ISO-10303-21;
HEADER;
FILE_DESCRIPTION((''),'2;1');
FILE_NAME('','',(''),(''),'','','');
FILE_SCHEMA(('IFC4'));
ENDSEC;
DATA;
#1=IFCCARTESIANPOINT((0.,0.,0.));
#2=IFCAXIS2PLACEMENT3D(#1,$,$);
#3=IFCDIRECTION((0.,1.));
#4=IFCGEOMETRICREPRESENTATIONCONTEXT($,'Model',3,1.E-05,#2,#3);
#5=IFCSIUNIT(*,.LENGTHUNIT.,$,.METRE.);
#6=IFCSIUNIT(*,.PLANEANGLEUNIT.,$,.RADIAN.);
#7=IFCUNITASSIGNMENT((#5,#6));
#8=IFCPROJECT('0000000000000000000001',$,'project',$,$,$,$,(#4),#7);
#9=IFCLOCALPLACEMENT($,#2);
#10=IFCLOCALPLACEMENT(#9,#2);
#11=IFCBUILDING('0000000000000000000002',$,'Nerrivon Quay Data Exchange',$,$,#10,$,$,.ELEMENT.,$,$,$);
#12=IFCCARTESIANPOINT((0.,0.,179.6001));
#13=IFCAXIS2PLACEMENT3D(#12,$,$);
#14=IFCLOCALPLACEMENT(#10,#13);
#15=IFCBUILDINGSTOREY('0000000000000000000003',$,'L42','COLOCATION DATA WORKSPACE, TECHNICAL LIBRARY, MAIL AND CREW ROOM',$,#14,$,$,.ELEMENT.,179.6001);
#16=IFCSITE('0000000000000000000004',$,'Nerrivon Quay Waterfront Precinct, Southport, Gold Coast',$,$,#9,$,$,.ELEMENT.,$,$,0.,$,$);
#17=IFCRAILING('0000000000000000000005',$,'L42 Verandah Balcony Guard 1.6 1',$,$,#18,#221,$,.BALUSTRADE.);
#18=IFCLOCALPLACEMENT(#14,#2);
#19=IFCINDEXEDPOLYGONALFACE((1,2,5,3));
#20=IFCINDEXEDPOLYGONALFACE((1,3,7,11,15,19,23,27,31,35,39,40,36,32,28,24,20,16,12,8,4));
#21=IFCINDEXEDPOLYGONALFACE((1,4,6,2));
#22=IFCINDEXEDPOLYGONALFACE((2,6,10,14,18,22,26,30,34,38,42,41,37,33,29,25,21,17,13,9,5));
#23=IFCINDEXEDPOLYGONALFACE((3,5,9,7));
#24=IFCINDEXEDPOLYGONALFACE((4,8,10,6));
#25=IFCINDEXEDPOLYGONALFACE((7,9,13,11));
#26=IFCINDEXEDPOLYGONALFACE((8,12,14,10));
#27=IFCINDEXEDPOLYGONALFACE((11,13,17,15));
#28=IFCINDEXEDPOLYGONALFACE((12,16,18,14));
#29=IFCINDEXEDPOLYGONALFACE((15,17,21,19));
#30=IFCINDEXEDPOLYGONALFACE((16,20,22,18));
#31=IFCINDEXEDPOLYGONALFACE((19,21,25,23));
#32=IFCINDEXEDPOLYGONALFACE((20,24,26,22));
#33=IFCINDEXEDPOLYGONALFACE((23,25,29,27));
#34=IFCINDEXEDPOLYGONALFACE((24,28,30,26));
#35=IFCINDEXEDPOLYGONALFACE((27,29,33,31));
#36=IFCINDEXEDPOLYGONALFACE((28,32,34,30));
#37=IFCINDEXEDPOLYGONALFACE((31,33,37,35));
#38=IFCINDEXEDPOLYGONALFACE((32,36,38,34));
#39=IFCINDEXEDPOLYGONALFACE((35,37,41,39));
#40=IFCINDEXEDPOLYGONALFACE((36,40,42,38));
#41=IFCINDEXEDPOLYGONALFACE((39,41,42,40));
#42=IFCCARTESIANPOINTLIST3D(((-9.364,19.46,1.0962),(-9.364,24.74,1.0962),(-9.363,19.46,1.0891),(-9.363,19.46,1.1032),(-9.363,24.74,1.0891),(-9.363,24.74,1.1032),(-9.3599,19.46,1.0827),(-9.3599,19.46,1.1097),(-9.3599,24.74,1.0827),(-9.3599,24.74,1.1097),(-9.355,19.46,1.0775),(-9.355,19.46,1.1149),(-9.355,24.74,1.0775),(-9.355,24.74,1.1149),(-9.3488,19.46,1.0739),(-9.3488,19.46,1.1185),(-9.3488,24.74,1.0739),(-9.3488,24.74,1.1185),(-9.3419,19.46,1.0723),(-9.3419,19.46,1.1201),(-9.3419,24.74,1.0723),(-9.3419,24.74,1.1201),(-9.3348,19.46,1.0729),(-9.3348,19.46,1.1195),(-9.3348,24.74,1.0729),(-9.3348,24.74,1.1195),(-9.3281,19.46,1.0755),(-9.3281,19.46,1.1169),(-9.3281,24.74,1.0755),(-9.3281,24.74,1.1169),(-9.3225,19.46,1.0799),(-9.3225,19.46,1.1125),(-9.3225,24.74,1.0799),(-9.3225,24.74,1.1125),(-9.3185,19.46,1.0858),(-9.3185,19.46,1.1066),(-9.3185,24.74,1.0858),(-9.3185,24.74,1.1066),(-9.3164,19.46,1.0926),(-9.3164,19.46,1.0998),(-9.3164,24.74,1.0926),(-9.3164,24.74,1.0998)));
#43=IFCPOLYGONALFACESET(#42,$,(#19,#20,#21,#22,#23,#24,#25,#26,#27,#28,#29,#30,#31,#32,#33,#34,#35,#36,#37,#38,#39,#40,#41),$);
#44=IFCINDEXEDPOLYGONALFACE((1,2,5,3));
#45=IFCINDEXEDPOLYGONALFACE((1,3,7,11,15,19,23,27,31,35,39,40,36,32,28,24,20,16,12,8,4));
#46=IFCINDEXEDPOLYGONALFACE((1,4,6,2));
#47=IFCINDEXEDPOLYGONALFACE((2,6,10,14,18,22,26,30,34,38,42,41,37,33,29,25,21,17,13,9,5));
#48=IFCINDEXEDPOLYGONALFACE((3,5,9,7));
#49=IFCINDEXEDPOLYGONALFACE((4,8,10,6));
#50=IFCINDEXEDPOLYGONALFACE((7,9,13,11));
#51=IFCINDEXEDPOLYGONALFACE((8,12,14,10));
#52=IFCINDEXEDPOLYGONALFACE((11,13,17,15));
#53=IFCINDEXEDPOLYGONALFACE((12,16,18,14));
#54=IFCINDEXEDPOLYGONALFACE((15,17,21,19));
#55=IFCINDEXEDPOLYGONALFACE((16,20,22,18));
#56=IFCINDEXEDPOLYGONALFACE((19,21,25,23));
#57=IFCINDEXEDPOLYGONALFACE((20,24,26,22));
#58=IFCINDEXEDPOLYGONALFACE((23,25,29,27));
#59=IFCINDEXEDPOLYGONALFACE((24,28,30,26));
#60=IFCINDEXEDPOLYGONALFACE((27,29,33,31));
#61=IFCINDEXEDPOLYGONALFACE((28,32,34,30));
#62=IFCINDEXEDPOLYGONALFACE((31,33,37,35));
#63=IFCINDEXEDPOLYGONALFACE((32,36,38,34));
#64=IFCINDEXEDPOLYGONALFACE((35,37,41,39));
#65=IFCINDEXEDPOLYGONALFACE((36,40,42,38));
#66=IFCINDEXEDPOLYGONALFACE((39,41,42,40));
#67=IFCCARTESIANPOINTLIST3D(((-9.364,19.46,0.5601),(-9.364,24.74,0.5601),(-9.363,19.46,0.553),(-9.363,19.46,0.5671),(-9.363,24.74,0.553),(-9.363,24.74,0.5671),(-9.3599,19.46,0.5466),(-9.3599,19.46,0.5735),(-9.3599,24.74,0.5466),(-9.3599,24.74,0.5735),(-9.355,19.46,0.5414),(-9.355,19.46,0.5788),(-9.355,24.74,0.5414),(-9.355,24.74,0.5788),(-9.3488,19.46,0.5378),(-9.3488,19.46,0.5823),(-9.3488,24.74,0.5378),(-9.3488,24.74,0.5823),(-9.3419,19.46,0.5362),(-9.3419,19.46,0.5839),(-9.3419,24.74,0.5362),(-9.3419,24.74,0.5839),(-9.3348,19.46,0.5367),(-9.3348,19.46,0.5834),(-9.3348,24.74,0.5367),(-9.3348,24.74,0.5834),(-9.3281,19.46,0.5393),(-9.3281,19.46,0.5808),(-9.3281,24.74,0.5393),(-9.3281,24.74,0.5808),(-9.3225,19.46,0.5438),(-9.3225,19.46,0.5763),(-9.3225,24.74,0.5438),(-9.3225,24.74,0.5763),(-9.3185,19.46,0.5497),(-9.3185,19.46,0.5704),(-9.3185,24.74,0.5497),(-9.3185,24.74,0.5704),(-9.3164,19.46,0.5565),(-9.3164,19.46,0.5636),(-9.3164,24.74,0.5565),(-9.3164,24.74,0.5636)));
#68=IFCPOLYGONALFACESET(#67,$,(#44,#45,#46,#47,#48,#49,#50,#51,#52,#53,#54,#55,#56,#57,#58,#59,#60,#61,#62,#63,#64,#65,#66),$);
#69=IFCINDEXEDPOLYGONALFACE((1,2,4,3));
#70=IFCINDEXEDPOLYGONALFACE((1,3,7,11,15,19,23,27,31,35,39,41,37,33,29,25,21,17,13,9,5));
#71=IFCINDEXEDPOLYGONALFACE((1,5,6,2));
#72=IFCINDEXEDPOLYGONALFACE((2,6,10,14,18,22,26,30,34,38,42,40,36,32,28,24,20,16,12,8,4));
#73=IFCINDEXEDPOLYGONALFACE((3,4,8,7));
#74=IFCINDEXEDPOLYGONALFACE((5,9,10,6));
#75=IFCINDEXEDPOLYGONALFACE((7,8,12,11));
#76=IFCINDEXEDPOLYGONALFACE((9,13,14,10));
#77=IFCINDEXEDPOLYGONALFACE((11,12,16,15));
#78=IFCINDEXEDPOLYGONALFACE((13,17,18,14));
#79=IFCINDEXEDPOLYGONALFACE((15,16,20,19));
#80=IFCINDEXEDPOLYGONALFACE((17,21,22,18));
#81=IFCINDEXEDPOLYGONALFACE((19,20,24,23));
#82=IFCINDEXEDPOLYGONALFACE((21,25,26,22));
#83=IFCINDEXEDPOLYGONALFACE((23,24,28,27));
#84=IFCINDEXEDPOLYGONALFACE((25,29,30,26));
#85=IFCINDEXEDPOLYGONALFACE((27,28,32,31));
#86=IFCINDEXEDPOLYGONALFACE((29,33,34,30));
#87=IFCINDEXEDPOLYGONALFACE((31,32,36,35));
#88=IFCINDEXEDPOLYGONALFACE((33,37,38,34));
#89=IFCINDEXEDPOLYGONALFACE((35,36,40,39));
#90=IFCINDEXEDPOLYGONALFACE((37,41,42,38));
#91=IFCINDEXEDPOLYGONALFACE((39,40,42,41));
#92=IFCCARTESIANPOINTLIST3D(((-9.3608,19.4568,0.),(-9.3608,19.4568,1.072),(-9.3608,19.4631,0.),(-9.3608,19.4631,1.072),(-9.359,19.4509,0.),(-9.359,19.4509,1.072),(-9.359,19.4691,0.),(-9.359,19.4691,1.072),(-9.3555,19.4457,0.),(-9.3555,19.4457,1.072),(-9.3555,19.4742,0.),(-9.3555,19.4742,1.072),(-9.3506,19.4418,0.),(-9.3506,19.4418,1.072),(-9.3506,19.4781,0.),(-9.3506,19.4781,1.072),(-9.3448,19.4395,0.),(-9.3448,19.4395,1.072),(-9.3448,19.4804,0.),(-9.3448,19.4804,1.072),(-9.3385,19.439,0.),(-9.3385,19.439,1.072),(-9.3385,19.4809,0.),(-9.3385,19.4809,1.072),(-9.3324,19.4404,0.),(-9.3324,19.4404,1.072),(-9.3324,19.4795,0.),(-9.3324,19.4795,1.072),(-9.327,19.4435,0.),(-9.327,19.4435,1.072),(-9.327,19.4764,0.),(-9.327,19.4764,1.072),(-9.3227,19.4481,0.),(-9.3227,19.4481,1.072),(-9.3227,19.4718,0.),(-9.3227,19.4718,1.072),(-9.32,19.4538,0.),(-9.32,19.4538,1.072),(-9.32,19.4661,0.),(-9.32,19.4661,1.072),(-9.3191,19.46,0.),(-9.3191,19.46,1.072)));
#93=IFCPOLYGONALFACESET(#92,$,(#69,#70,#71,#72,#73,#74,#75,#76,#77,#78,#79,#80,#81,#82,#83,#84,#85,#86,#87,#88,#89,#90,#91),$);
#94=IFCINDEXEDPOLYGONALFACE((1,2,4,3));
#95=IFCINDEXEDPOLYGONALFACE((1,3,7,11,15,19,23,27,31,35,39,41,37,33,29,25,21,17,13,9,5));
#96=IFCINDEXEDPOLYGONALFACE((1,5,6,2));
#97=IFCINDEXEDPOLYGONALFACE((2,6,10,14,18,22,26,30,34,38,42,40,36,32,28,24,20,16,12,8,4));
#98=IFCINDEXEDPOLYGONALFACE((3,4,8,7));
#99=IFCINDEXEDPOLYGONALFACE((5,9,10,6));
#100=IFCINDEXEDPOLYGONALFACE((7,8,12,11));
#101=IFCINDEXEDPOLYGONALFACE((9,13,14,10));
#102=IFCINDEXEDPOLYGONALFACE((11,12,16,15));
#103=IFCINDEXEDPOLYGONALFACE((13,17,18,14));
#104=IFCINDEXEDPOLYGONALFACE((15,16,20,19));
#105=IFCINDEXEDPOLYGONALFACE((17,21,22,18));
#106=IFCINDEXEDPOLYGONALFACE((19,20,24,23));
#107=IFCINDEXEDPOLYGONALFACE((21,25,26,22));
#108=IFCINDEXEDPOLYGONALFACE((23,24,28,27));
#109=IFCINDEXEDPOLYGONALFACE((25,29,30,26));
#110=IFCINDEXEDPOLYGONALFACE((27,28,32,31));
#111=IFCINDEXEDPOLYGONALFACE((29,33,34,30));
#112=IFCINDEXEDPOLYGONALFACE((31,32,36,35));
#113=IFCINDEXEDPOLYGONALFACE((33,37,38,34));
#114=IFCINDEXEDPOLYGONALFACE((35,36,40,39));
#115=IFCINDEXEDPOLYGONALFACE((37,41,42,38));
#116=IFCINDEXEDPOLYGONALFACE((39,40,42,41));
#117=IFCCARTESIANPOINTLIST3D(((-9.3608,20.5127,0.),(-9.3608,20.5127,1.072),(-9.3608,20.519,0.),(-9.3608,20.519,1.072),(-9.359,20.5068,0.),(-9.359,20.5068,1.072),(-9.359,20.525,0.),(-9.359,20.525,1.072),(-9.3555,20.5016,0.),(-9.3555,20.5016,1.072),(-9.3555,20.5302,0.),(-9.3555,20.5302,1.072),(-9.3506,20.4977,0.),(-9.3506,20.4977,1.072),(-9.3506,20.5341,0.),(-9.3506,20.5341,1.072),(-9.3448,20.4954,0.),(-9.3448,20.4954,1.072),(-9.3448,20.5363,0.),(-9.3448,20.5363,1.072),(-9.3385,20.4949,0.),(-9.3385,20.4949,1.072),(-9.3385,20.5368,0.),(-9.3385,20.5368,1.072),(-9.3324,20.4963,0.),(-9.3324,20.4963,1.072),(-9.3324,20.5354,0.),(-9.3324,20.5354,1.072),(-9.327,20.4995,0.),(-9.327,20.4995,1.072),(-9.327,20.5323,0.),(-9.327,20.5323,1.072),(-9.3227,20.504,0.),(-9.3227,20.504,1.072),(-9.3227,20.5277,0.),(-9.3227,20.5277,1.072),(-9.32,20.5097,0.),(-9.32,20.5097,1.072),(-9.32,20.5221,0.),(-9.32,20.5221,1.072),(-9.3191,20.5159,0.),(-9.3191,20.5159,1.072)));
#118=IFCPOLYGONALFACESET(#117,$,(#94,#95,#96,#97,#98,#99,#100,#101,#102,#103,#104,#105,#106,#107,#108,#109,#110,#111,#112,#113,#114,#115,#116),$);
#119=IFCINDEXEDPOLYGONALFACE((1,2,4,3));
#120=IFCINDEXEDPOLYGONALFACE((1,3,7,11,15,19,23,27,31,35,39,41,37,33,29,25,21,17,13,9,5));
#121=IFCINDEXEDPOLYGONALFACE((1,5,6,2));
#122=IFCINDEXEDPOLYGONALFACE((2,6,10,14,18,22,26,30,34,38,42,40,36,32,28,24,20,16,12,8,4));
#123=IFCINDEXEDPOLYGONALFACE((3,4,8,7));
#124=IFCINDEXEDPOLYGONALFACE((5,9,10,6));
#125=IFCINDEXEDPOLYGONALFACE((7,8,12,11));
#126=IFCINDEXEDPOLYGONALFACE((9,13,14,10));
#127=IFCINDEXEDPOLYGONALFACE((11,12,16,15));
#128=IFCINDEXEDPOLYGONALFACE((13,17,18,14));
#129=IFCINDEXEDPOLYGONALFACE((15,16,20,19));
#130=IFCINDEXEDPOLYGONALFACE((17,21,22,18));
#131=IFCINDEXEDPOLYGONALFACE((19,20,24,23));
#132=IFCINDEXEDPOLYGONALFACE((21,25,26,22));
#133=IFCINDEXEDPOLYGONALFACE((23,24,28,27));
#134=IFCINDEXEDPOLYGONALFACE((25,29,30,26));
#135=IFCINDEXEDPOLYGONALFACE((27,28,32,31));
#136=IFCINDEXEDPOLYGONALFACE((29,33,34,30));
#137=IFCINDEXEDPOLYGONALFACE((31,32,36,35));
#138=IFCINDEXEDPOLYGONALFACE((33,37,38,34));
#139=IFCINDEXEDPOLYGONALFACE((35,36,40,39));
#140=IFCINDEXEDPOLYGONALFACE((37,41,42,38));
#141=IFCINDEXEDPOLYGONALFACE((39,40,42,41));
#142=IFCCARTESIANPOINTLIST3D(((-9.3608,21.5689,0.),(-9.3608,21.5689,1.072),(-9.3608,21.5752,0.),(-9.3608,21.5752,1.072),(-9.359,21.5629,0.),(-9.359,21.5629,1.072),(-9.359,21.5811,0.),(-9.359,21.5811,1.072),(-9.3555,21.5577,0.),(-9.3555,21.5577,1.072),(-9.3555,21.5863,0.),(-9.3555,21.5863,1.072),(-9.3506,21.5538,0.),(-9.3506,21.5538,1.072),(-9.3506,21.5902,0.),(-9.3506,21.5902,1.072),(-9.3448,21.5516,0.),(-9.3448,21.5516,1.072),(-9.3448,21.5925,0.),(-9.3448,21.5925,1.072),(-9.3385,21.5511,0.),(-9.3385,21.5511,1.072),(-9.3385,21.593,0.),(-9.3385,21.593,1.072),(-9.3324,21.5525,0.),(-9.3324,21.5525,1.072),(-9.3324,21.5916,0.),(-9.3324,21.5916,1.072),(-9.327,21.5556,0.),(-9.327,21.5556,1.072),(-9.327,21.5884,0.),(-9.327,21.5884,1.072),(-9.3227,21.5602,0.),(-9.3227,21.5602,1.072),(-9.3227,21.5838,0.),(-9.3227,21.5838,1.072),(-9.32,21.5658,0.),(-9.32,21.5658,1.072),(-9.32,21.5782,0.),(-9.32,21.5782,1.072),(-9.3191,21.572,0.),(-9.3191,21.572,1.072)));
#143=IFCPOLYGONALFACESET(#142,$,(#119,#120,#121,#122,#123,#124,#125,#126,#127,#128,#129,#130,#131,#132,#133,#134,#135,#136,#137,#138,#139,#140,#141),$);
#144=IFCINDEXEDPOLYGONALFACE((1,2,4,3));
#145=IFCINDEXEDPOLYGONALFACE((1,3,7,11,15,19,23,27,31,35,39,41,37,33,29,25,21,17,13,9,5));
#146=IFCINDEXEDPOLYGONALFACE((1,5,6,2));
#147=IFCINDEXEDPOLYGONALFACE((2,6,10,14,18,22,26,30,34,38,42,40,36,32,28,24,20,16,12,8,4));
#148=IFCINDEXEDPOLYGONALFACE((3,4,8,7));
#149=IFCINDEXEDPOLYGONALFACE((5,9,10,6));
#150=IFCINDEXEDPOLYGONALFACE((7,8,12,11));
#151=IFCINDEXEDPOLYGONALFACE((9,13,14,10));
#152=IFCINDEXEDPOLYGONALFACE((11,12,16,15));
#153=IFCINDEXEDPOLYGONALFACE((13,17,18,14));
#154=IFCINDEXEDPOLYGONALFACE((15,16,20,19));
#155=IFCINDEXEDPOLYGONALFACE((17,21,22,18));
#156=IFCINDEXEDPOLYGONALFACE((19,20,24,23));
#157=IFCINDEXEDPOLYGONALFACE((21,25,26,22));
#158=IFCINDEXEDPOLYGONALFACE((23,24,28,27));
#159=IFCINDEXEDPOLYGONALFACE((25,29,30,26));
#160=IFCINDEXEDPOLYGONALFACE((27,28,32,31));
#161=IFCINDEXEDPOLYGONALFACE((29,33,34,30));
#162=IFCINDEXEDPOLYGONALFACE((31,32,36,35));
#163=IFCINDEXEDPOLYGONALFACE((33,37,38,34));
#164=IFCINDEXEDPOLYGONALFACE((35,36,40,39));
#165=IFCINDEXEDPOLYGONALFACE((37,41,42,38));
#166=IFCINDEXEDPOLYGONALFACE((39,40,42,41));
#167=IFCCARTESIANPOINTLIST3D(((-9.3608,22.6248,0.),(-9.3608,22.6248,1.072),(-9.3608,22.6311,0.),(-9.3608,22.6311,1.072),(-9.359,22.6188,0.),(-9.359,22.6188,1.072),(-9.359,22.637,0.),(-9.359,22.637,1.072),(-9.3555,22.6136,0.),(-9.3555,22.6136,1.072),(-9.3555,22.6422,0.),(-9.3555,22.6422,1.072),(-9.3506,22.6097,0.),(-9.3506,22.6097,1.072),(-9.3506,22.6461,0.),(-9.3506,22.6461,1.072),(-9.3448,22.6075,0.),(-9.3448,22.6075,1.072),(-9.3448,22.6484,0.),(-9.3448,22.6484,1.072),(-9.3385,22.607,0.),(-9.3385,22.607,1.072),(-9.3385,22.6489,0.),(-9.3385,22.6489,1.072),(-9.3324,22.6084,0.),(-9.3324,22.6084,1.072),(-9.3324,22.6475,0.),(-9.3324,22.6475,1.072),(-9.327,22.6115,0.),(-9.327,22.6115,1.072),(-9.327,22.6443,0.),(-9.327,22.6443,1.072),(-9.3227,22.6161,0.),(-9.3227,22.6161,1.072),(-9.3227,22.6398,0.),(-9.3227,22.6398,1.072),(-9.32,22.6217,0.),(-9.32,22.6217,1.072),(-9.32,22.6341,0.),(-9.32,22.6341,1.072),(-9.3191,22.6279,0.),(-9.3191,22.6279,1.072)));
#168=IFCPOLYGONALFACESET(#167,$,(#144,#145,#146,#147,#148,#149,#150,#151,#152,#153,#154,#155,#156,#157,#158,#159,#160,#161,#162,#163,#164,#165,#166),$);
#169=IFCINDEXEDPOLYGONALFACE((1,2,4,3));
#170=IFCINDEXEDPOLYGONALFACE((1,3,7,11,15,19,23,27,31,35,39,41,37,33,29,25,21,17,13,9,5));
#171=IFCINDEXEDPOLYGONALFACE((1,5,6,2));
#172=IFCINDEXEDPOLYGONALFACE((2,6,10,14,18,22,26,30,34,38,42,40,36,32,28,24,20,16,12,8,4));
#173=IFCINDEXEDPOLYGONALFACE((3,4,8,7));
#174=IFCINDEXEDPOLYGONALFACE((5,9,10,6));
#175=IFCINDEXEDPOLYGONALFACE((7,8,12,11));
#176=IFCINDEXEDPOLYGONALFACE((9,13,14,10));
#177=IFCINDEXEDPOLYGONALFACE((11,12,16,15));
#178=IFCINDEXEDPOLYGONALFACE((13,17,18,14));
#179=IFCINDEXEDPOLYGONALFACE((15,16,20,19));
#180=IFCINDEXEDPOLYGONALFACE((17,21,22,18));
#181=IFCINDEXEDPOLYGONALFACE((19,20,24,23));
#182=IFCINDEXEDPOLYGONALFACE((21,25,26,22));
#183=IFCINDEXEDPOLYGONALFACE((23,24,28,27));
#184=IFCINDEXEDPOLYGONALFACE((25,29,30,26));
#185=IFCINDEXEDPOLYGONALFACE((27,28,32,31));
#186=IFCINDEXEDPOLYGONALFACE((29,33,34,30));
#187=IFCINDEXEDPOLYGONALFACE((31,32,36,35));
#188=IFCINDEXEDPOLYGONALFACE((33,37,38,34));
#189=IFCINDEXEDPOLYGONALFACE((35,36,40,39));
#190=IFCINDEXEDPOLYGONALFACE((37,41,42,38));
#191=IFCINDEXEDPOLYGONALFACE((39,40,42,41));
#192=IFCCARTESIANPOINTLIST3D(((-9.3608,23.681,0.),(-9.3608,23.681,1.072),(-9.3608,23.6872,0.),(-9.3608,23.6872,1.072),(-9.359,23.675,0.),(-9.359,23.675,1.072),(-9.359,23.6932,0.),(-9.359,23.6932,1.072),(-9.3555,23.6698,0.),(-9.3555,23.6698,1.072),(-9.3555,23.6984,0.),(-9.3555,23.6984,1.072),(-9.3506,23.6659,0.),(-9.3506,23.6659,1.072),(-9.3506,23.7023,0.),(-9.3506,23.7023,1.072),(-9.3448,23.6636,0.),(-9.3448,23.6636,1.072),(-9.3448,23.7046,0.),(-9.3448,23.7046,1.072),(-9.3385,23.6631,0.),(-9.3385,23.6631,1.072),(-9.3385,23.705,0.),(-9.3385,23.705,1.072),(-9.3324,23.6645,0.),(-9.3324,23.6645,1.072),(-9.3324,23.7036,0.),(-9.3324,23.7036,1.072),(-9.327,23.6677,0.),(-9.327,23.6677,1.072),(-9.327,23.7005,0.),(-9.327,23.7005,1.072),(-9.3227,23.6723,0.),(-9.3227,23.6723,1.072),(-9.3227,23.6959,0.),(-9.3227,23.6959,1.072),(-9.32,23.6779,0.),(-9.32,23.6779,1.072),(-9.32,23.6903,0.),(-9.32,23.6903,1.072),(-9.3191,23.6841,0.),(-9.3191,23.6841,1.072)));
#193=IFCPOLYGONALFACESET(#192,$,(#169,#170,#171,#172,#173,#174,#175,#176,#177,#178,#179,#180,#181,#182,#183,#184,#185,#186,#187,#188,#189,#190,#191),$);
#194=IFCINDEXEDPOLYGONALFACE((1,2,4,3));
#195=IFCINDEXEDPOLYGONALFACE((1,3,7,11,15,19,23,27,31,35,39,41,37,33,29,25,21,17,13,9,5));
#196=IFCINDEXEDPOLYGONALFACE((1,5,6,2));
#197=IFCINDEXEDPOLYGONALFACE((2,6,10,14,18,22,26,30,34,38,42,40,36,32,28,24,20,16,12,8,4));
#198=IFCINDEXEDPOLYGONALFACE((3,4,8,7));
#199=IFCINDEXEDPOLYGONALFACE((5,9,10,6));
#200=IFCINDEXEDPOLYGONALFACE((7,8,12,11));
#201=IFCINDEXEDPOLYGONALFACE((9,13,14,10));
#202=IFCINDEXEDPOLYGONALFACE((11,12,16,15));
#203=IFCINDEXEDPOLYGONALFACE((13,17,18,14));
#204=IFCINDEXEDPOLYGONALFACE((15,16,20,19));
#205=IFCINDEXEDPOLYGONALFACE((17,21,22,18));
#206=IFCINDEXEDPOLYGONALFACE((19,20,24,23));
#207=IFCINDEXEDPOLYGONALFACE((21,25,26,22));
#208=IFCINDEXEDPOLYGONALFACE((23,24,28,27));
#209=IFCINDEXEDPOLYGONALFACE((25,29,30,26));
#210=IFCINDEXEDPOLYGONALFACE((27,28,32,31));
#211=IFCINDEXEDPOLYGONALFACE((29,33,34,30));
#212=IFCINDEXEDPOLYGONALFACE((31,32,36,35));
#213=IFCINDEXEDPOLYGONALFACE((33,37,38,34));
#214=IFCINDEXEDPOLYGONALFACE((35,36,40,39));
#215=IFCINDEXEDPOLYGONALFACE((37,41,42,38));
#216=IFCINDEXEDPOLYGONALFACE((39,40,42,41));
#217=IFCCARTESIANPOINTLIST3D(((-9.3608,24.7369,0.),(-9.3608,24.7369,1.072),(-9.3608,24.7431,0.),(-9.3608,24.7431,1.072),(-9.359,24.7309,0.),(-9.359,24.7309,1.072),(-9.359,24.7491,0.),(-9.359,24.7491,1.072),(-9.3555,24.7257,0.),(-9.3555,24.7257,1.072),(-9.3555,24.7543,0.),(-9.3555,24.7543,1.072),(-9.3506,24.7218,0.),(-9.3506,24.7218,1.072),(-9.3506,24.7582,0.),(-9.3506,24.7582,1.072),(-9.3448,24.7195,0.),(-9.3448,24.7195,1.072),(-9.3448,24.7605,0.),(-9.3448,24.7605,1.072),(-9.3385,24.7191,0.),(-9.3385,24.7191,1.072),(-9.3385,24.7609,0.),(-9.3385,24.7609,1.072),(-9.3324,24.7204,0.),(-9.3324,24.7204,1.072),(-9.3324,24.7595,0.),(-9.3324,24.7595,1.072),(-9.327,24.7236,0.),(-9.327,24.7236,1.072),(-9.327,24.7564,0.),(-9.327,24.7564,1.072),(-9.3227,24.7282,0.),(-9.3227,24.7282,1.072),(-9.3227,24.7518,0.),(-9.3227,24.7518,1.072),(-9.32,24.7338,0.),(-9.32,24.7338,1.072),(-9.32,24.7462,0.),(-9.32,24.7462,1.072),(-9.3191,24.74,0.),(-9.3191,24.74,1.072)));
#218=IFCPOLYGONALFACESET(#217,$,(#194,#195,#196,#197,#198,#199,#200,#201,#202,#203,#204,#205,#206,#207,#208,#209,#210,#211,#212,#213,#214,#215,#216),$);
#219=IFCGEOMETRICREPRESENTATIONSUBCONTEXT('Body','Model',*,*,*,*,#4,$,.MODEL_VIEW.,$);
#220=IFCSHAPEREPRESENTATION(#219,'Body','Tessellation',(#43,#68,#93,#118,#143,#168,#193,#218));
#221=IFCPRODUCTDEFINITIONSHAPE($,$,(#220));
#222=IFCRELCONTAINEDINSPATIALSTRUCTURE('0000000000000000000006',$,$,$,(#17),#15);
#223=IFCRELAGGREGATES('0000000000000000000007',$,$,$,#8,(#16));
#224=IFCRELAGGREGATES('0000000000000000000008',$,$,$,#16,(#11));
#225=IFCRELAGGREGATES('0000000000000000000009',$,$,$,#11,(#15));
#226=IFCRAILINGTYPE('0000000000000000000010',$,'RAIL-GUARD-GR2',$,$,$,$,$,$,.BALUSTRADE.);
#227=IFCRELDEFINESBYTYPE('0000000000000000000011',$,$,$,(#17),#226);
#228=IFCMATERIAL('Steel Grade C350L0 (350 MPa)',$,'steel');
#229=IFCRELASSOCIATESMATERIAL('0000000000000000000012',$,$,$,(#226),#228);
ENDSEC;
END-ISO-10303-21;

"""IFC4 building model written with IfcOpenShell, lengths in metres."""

from ifc_helpers import new_model, si_unit, direction, frame, origin, origin_2d, place, context, subcontext, project, spatial, circle, extrude, material, type_object, element, save


model = new_model("IFC4")

# Units and contexts
model_context = context("Model", 3, precision=1e-05, world=origin(), true_north=direction((0.0, 1.0)))
body_context = subcontext(model_context, "Body", "Model", "MODEL_VIEW")
ifc_project = project(units=[si_unit("LENGTHUNIT", "METRE"), si_unit("PLANEANGLEUNIT", "RADIAN")], contexts=[model_context])

# Site, building, storey
site_placement = place(None, origin())
site = spatial("IfcSite", under=ifc_project, at=site_placement, Name="Nerrivon Quay Waterfront Precinct, Southport, Gold Coast", CompositionType="ELEMENT", RefElevation=0.0)
building_placement = place(site_placement, origin())
building = spatial("IfcBuilding", under=site, at=building_placement, Name="Nerrivon Quay Data Exchange", CompositionType="ELEMENT")
storey_placement = place(building_placement, frame((0.0, 0.0, 179.6001)))
storey = spatial("IfcBuildingStorey", under=building, at=storey_placement, Name="L42", Description="COLOCATION DATA WORKSPACE, TECHNICAL LIBRARY, MAIL AND CREW ROOM", CompositionType="ELEMENT", Elevation=179.6001)

# Railing
ifc_material_1 = material(Name="Steel Grade C350L0 (350 MPa)", Category="steel")
railing_type = type_object("IfcRailingType", Name="RAIL-GUARD-GR2", PredefinedType="BALUSTRADE", material=ifc_material_1)
railing_1_placement = place(storey_placement, frame((-9.3401, 19.46, 0.0)))
element("IfcRailing", 1, at=railing_1_placement, inside=storey, type_object=railing_type, Name="L42 Verandah Balcony Guard 1.6 1", PredefinedType="BALUSTRADE", context=body_context, shape_type="SweptSolid", body=[
    extrude(circle(Radius=0.0239, at=origin_2d()), frame((0.0, 0.0, 1.0962), z_axis=(0.0, 1.0, 0.0), x_axis=(-1.0, 0.0, 0.0)), (0.0, 0.0, 1.0), 5.28),
    extrude(circle(Radius=0.0239, at=origin_2d()), frame((0.0, 0.0, 0.5601), z_axis=(0.0, 1.0, 0.0), x_axis=(-1.0, 0.0, 0.0)), (0.0, 0.0, 1.0), 5.28),
    extrude(circle(Radius=0.021, at=origin_2d()), origin(), (0.0, 0.0, 1.0), 1.072),
    extrude(circle(Radius=0.021, at=origin_2d()), frame((0.0, 1.0559, 0.0)), (0.0, 0.0, 1.0), 1.072),
    extrude(circle(Radius=0.021, at=origin_2d()), frame((0.0, 2.1121, 0.0)), (0.0, 0.0, 1.0), 1.072),
    extrude(circle(Radius=0.021, at=origin_2d()), frame((0.0, 3.168, 0.0)), (0.0, 0.0, 1.0), 1.072),
    extrude(circle(Radius=0.021, at=origin_2d()), frame((0.0, 4.2241, 0.0)), (0.0, 0.0, 1.0), 1.072),
    extrude(circle(Radius=0.021, at=origin_2d()), frame((0.0, 5.28, 0.0)), (0.0, 0.0, 1.0), 1.072),
])

save(model, "model.ifc")
